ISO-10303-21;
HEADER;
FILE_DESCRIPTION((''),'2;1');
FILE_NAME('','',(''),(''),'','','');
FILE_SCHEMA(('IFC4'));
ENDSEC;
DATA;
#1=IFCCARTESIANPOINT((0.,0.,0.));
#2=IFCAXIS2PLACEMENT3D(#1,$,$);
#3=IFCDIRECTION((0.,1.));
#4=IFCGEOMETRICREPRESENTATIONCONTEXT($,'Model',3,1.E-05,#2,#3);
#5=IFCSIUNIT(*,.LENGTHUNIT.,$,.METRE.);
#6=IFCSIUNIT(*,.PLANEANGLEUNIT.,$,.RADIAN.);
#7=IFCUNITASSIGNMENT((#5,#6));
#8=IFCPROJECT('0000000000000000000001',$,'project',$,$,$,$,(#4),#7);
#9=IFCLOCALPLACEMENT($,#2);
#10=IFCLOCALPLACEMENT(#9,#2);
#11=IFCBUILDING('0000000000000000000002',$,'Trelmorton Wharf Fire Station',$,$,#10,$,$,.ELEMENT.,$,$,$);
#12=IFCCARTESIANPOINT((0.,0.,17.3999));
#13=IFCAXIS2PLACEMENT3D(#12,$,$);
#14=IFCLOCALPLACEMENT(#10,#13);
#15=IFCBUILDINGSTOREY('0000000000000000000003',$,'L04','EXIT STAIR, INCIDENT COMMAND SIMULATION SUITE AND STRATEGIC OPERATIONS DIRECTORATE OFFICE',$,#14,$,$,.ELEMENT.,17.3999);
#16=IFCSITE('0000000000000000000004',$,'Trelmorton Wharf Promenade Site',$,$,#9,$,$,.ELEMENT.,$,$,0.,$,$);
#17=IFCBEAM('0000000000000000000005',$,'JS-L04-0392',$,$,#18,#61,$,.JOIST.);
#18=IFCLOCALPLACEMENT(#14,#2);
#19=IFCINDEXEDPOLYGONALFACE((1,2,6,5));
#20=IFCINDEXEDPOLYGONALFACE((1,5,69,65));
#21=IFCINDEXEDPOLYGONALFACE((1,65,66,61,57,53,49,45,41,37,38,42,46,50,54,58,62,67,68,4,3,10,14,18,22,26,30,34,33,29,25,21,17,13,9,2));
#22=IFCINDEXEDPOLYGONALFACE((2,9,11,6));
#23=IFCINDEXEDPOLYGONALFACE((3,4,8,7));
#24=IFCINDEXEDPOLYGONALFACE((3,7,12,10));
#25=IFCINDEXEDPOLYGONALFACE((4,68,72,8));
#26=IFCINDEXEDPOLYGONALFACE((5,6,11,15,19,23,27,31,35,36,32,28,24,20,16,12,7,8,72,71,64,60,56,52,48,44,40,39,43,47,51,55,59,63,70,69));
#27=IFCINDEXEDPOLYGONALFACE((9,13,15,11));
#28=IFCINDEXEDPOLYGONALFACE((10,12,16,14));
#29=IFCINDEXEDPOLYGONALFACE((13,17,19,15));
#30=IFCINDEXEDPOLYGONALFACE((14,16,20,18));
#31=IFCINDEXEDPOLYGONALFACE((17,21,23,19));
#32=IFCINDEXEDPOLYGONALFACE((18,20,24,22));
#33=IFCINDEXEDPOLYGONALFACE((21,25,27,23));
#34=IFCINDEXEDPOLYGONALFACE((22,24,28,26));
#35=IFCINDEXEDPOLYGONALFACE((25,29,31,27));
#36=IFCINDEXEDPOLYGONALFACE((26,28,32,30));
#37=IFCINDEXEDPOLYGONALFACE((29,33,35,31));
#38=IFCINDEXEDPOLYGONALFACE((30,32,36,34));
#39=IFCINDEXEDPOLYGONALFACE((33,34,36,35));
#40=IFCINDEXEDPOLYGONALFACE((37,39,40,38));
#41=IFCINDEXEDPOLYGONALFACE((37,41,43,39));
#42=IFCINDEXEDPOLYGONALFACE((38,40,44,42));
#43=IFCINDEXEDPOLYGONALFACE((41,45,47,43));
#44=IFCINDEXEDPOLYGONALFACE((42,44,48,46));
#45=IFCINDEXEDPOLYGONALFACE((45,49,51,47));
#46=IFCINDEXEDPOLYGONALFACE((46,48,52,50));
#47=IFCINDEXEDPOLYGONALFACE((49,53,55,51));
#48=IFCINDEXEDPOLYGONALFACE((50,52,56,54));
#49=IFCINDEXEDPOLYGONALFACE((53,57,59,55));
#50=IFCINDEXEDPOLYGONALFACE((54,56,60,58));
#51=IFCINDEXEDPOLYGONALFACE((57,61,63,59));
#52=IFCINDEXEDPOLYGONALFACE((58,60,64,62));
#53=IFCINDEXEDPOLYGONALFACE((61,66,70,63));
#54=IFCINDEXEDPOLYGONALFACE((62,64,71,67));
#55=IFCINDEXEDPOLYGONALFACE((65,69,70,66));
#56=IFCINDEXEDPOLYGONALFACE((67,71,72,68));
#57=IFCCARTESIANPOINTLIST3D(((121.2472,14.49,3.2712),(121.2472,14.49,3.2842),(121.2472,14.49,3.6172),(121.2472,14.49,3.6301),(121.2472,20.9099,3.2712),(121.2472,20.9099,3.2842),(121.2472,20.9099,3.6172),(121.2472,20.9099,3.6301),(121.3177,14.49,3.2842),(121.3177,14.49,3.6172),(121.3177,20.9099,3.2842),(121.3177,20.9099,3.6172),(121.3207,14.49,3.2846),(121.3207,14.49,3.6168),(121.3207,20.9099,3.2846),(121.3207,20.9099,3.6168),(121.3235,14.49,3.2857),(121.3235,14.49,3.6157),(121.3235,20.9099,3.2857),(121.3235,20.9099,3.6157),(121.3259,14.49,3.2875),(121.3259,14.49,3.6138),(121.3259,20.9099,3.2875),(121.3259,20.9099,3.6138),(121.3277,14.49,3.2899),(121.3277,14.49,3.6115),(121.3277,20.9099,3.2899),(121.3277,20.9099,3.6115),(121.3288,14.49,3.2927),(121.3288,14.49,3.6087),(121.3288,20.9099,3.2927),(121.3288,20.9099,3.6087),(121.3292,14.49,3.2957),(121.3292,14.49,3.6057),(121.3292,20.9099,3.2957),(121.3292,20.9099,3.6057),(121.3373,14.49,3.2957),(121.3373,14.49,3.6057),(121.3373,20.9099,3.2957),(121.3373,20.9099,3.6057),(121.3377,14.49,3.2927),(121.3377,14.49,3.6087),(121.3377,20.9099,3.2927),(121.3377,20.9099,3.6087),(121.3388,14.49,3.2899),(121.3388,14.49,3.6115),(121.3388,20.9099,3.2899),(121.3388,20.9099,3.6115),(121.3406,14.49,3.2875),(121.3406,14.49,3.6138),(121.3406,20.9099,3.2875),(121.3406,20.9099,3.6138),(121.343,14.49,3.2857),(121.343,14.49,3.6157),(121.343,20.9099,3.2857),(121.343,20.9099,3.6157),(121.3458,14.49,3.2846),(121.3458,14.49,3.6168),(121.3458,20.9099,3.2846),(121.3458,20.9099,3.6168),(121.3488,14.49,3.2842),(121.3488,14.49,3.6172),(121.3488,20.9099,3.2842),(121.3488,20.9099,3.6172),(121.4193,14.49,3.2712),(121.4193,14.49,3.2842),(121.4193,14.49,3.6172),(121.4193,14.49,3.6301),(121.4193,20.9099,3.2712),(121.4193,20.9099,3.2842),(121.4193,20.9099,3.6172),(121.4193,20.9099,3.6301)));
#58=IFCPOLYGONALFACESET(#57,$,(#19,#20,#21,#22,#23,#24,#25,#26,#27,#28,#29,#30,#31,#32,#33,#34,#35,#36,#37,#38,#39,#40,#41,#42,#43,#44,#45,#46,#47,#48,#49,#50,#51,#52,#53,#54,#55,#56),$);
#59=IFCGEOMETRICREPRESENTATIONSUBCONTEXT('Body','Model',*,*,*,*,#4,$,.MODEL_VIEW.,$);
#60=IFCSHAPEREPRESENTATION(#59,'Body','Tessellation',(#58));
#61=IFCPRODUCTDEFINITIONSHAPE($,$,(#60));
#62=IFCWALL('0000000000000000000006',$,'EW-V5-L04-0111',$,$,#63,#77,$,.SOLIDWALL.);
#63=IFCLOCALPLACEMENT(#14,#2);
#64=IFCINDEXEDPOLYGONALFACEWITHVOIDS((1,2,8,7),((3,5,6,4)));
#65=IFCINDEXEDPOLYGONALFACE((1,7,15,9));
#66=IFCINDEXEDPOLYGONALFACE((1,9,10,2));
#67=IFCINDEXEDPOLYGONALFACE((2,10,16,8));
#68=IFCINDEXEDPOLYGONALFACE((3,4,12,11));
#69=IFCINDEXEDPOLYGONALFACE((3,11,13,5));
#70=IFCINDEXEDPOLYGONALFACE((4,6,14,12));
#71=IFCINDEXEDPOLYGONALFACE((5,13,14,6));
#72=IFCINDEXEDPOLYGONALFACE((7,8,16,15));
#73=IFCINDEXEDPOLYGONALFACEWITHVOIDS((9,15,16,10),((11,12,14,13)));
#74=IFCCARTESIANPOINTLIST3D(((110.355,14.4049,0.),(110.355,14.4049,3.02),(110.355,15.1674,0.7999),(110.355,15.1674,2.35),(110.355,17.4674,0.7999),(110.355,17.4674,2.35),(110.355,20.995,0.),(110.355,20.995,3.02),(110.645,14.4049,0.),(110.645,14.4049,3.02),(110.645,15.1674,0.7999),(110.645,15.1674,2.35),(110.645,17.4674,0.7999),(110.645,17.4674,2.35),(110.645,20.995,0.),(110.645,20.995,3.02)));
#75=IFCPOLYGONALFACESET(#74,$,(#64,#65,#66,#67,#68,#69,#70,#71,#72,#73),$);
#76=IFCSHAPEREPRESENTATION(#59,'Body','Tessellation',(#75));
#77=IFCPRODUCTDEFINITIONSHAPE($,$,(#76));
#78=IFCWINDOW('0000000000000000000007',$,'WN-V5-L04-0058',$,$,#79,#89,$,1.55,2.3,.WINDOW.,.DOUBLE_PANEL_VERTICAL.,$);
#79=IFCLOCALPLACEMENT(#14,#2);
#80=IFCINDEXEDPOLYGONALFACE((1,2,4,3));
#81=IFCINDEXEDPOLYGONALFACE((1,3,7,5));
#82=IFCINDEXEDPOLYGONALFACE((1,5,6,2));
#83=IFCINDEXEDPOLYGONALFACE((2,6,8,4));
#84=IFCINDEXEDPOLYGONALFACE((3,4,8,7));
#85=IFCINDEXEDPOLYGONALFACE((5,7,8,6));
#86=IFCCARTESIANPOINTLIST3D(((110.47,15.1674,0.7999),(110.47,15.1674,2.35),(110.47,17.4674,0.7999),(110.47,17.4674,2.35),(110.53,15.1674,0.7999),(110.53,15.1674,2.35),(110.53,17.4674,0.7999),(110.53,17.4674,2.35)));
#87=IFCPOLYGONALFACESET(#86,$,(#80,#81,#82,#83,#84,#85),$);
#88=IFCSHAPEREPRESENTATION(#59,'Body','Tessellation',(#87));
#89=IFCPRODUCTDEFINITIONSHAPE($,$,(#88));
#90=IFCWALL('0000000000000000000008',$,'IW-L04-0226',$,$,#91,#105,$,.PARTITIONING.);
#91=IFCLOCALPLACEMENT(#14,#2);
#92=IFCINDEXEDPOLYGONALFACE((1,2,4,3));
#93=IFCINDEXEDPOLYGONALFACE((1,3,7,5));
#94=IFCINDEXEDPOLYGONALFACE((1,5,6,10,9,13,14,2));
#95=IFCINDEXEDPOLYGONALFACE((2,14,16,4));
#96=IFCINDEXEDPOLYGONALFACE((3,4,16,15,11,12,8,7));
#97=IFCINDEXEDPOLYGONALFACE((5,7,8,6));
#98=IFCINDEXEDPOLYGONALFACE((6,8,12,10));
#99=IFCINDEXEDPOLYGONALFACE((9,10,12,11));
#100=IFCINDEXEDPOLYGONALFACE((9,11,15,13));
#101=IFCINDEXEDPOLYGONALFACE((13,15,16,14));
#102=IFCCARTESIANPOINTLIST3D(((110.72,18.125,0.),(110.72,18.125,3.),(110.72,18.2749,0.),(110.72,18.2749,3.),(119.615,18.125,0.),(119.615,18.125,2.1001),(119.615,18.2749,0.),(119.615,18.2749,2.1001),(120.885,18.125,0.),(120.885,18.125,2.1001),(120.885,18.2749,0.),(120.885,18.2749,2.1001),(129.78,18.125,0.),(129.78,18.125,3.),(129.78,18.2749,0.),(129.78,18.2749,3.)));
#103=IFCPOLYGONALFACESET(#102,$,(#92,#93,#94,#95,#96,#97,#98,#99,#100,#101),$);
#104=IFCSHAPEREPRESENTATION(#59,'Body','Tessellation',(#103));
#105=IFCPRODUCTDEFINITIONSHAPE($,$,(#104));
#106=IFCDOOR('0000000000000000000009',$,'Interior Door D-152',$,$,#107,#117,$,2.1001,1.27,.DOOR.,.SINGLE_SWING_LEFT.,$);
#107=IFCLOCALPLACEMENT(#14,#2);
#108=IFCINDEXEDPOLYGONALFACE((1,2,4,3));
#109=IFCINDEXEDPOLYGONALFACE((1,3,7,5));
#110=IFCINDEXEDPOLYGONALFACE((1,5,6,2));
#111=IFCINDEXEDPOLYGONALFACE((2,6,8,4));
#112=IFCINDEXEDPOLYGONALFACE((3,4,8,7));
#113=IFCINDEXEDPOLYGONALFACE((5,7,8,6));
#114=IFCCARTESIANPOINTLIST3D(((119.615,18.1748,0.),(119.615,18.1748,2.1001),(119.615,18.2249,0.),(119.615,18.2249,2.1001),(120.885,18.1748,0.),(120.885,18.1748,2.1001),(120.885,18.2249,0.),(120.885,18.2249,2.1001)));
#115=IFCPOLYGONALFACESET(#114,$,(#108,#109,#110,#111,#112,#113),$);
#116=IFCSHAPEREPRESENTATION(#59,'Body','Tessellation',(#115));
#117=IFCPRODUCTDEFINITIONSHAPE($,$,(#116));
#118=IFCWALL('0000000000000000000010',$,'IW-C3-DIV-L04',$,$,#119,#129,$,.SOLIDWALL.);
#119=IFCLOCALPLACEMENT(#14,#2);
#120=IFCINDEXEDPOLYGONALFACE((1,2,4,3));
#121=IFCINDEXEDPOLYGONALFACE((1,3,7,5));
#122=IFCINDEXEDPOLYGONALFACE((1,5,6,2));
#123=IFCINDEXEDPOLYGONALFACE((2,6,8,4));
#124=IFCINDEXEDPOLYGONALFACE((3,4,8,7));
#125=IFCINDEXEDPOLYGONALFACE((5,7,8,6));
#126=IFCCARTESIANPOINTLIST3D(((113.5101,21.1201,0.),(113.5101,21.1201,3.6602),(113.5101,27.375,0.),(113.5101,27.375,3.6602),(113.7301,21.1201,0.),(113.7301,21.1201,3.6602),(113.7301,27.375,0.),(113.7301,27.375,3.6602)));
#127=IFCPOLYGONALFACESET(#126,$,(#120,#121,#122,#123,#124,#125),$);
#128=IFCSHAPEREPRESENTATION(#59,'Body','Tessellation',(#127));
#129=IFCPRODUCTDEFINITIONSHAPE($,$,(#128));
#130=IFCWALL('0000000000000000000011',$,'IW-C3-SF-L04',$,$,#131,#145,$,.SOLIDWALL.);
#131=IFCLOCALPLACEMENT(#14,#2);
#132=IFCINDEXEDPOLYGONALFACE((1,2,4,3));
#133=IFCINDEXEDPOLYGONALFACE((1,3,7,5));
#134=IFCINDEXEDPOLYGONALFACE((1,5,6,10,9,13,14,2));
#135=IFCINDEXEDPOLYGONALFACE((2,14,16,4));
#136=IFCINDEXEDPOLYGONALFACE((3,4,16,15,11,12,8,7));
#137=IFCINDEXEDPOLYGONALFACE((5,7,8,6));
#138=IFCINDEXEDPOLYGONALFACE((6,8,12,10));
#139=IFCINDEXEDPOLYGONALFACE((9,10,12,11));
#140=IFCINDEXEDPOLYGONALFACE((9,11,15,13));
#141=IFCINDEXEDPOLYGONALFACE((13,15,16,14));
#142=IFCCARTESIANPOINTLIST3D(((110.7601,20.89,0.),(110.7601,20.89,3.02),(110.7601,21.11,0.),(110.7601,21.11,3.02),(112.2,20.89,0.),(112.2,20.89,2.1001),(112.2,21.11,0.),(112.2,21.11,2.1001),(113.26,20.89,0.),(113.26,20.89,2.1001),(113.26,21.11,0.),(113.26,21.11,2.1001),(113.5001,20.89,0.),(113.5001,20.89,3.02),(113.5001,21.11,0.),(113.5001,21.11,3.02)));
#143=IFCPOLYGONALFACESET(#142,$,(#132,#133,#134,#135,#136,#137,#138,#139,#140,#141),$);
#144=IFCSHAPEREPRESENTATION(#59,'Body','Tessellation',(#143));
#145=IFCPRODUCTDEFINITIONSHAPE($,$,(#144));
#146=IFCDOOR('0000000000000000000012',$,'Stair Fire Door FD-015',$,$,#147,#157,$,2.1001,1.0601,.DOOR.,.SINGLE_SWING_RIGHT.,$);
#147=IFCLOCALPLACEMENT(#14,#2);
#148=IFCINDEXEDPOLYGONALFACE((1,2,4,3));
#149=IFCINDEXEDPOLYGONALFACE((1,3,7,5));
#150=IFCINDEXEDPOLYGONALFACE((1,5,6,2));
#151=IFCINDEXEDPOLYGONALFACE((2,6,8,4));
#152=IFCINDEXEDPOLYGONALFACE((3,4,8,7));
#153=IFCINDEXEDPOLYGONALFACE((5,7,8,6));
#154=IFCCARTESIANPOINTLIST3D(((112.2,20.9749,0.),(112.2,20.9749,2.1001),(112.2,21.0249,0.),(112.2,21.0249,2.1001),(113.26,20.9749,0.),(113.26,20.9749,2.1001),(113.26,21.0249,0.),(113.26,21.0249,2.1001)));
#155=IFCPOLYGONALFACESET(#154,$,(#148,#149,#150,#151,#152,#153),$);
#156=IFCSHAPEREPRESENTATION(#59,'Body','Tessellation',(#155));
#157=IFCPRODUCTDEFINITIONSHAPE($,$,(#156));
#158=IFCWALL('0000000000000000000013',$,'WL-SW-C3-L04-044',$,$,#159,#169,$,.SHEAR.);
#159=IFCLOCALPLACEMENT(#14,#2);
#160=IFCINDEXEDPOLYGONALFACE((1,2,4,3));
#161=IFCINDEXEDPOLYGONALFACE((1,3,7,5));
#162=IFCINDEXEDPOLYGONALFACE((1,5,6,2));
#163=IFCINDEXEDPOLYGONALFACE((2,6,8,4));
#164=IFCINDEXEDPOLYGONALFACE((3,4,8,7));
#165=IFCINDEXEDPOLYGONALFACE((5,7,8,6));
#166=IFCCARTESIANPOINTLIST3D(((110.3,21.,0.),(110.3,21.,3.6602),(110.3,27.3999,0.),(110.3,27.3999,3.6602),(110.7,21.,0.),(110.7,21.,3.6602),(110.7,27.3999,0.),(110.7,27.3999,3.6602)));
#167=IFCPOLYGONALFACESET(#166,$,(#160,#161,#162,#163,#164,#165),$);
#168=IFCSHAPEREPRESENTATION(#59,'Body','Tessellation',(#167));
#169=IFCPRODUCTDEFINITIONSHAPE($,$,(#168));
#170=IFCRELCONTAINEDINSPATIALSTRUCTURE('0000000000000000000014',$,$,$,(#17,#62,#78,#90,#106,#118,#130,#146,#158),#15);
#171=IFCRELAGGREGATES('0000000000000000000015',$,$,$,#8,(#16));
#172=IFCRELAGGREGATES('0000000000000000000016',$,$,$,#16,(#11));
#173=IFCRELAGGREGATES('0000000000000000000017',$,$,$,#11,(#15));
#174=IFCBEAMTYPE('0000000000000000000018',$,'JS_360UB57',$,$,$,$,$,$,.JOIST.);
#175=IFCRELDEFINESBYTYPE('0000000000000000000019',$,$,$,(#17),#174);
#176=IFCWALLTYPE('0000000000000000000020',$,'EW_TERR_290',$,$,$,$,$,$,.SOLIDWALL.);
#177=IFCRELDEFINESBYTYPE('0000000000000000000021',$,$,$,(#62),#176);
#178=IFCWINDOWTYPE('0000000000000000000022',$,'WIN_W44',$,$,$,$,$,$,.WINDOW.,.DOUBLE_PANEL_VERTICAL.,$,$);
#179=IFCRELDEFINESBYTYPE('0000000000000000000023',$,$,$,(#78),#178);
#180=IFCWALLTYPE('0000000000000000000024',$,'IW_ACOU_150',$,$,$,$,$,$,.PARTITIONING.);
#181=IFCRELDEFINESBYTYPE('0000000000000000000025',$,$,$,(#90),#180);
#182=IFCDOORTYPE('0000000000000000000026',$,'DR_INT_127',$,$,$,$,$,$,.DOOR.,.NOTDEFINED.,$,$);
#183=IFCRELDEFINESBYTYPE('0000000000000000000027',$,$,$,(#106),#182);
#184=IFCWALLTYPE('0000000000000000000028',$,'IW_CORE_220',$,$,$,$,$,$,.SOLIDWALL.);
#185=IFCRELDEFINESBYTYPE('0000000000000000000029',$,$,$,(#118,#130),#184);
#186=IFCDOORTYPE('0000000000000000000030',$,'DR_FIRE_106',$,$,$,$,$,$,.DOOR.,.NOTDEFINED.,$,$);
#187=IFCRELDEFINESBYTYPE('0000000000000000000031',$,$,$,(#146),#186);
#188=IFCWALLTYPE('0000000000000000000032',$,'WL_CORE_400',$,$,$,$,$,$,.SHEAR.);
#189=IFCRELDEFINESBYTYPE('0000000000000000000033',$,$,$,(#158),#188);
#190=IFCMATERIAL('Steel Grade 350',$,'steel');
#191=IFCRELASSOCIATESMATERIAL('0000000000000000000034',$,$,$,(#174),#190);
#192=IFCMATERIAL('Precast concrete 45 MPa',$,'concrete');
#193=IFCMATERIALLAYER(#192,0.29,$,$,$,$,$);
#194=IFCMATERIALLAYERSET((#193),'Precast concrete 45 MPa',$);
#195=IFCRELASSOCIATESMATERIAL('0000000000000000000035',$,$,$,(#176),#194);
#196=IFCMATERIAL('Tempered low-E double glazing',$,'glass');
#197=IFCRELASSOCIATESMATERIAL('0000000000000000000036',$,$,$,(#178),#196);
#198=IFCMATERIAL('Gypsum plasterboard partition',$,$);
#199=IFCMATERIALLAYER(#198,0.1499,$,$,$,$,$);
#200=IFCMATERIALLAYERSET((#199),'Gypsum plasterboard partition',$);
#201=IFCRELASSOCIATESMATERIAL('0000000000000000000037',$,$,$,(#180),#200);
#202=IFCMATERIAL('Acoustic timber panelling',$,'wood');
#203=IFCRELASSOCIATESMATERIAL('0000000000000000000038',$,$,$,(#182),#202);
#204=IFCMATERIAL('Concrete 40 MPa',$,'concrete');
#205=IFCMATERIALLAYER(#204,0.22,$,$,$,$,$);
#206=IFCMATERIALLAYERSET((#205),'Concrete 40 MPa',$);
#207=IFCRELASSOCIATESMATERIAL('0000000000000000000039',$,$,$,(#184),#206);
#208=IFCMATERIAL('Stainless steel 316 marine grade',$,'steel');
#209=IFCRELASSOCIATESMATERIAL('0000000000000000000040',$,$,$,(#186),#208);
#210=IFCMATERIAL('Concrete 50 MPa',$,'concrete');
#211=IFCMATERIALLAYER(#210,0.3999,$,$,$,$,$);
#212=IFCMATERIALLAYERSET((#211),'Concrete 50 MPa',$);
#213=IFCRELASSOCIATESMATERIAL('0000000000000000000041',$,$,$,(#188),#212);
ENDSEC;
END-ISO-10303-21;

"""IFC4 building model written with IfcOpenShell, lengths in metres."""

from ifc_helpers import new_model, si_unit, direction, frame, frame_2d, origin, origin_2d, place, context, subcontext, project, spatial, rectangle, i_section, extrude, material, layer, layer_set, material_profile, profile_set, type_object, element, fill, save


model = new_model("IFC4")

# Units and contexts
model_context = context("Model", 3, precision=1e-05, world=origin(), true_north=direction((0.0, 1.0)))
body_context = subcontext(model_context, "Body", "Model", "MODEL_VIEW")
ifc_project = project(units=[si_unit("LENGTHUNIT", "METRE"), si_unit("PLANEANGLEUNIT", "RADIAN")], contexts=[model_context])

# Site, building, storey
site_placement = place(None, origin())
site = spatial("IfcSite", under=ifc_project, at=site_placement, Name="Trelmorton Wharf Promenade Site", CompositionType="ELEMENT", RefElevation=0.0)
building_placement = place(site_placement, origin())
building = spatial("IfcBuilding", under=site, at=building_placement, Name="Trelmorton Wharf Fire Station", CompositionType="ELEMENT")
storey_placement = place(building_placement, frame((0.0, 0.0, 17.3999)))
storey = spatial("IfcBuildingStorey", under=building, at=storey_placement, Name="L04", Description="EXIT STAIR, INCIDENT COMMAND SIMULATION SUITE AND STRATEGIC OPERATIONS DIRECTORATE OFFICE", CompositionType="ELEMENT", Elevation=17.3999)

# Shared definitions
ifc_material_1 = material(Name="Steel Grade 350", Category="steel")

# Beam
ifc_material_profile_1 = material_profile(ifc_material_1, i_section(OverallWidth=0.1721, OverallDepth=0.3589, WebThickness=0.0081, FlangeThickness=0.0129, FilletRadius=0.0115, at=origin_2d()), Name="360UB56.7")
ifc_profile_set_1 = profile_set([ifc_material_profile_1], Name="Steel Grade 350")
beam_type_1 = type_object("IfcBeamType", Name="JS_360UB57", PredefinedType="JOIST", material=ifc_profile_set_1)
for number, where, z_axis, x_axis, name in (
    (1, (121.3333, 14.49, 3.4507), (0.0, 1.0, 0.0), (-1.0, 0.0, 0.0), "JS-L04-0392"),
):
    element("IfcBeam", number, at=place(storey_placement, frame(where, z_axis=z_axis, x_axis=x_axis)), inside=storey, type_object=beam_type_1, Name=name, PredefinedType="JOIST", context=body_context, shape_type="SweptSolid", body=[
        extrude(i_section(OverallWidth=0.1721, OverallDepth=0.3589, WebThickness=0.0081, FlangeThickness=0.0129, FilletRadius=0.0115, at=origin_2d()), origin(), (0.0, 0.0, 1.0), 6.4199),
    ])

# Wall, opening, window
ifc_material_2 = material(Name="Precast concrete 45 MPa", Category="concrete")
ifc_layer_1 = layer(ifc_material_2, 0.29)
ifc_layer_set_1 = layer_set([ifc_layer_1], Name="Precast concrete 45 MPa")
wall_type_1 = type_object("IfcWallType", Name="EW_TERR_290", PredefinedType="SOLIDWALL", material=ifc_layer_set_1)
wall_1_placement = place(storey_placement, frame((110.5, 14.405, 0.0), z_axis=(0.0, 0.0, 1.0), x_axis=(0.0, 1.0, 0.0)))
wall_1 = element("IfcWall", 2, at=wall_1_placement, inside=storey, type_object=wall_type_1, Name="EW-V5-L04-0111", PredefinedType="SOLIDWALL", context=body_context, shape_type="SweptSolid", body=[
    extrude(rectangle(XDim=6.5901, YDim=0.29, at=frame_2d((3.2949, 0.0))), origin(), (0.0, 0.0, 1.0), 3.02),
])
opening_1_placement = place(wall_1_placement, frame((0.7625, 0.0, 0.8)))
opening_1 = element("IfcOpeningElement", 3, at=opening_1_placement, cuts=wall_1, PredefinedType="OPENING", context=body_context, shape_type="SweptSolid", body=[
    extrude(rectangle(XDim=2.3, YDim=1.55, at=frame_2d((1.1499, 0.7749))), frame((0.0, 0.155, 0.0), z_axis=(0.0, -1.0, 0.0), x_axis=(1.0, 0.0, 0.0)), (0.0, 0.0, 1.0), 0.3101),
])
ifc_material_3 = material(Name="Tempered low-E double glazing", Category="glass")
window_type = type_object("IfcWindowType", Name="WIN_W44", PartitioningType="DOUBLE_PANEL_VERTICAL", PredefinedType="WINDOW", material=ifc_material_3)
window_placement = place(opening_1_placement, origin())
window = element("IfcWindow", 4, at=window_placement, inside=storey, type_object=window_type, Name="WN-V5-L04-0058", OverallHeight=1.55, OverallWidth=2.3, PartitioningType="DOUBLE_PANEL_VERTICAL", PredefinedType="WINDOW", context=body_context, shape_type="SweptSolid", body=[
    extrude(rectangle(XDim=2.3, YDim=1.55, at=frame_2d((1.1499, 0.7749))), frame((0.0, 0.03, 0.0), z_axis=(0.0, -1.0, 0.0), x_axis=(1.0, 0.0, 0.0)), (0.0, 0.0, 1.0), 0.0601),
])
fill(opening_1, window)

# Wall, opening, door
ifc_material_4 = material(Name="Gypsum plasterboard partition")
ifc_layer_2 = layer(ifc_material_4, 0.1499)
ifc_layer_set_2 = layer_set([ifc_layer_2], Name="Gypsum plasterboard partition")
wall_type_2 = type_object("IfcWallType", Name="IW_ACOU_150", PredefinedType="PARTITIONING", material=ifc_layer_set_2)
wall_2_placement = place(storey_placement, frame((110.72, 18.2, 0.0), z_axis=(0.0, 0.0, 1.0), x_axis=(1.0, 0.0, 0.0)))
wall_2 = element("IfcWall", 5, at=wall_2_placement, inside=storey, type_object=wall_type_2, Name="IW-L04-0226", PredefinedType="PARTITIONING", context=body_context, shape_type="SweptSolid", body=[
    extrude(rectangle(XDim=19.0601, YDim=0.1499, at=frame_2d((9.53, 0.0))), origin(), (0.0, 0.0, 1.0), 3.0),
])
opening_2_placement = place(wall_2_placement, frame((8.895, 0.0, 0.0)))
opening_2 = element("IfcOpeningElement", 6, at=opening_2_placement, cuts=wall_2, PredefinedType="OPENING", context=body_context, shape_type="SweptSolid", body=[
    extrude(rectangle(XDim=1.27, YDim=2.1001, at=frame_2d((0.635, 1.05))), frame((0.0, 0.085, 0.0), z_axis=(0.0, -1.0, 0.0), x_axis=(1.0, 0.0, 0.0)), (0.0, 0.0, 1.0), 0.1699),
])
ifc_material_5 = material(Name="Acoustic timber panelling", Category="wood")
door_type_1 = type_object("IfcDoorType", Name="DR_INT_127", OperationType="NOTDEFINED", PredefinedType="DOOR", material=ifc_material_5)
door_1_placement = place(opening_2_placement, origin())
door_1 = element("IfcDoor", 7, at=door_1_placement, inside=storey, type_object=door_type_1, Name="Interior Door D-152", OperationType="SINGLE_SWING_LEFT", OverallHeight=2.1001, OverallWidth=1.27, PredefinedType="DOOR", context=body_context, shape_type="SweptSolid", body=[
    extrude(rectangle(XDim=1.27, YDim=2.1001, at=frame_2d((0.635, 1.05))), frame((0.0, 0.0249, 0.0), z_axis=(0.0, -1.0, 0.0), x_axis=(1.0, 0.0, 0.0)), (0.0, 0.0, 1.0), 0.05),
])
fill(opening_2, door_1)

# Wall
ifc_material_6 = material(Name="Concrete 40 MPa", Category="concrete")
ifc_layer_3 = layer(ifc_material_6, 0.22)
ifc_layer_set_3 = layer_set([ifc_layer_3], Name="Concrete 40 MPa")
wall_type_3 = type_object("IfcWallType", Name="IW_CORE_220", PredefinedType="SOLIDWALL", material=ifc_layer_set_3)
wall_3_placement = place(storey_placement, frame((113.6201, 21.1201, 0.0), z_axis=(0.0, 0.0, 1.0), x_axis=(0.0, 1.0, 0.0)))
element("IfcWall", 8, at=wall_3_placement, inside=storey, type_object=wall_type_3, Name="IW-C3-DIV-L04", PredefinedType="SOLIDWALL", context=body_context, shape_type="SweptSolid", body=[
    extrude(rectangle(XDim=6.2549, YDim=0.22, at=frame_2d((3.1274, 0.0))), origin(), (0.0, 0.0, 1.0), 3.6602),
])

# Wall, opening, door
wall_4_placement = place(storey_placement, frame((110.76, 21.0, 0.0), z_axis=(0.0, 0.0, 1.0), x_axis=(1.0, 0.0, 0.0)))
wall_4 = element("IfcWall", 9, at=wall_4_placement, inside=storey, type_object=wall_type_3, Name="IW-C3-SF-L04", PredefinedType="SOLIDWALL", context=body_context, shape_type="SweptSolid", body=[
    extrude(rectangle(XDim=2.74, YDim=0.22, at=frame_2d((1.3701, 0.0))), origin(), (0.0, 0.0, 1.0), 3.02),
])
opening_3_placement = place(wall_4_placement, frame((1.4399, 0.0, 0.0)))
opening_3 = element("IfcOpeningElement", 10, at=opening_3_placement, cuts=wall_4, PredefinedType="OPENING", context=body_context, shape_type="SweptSolid", body=[
    extrude(rectangle(XDim=1.0601, YDim=2.1001, at=frame_2d((0.53, 1.05))), frame((0.0, 0.1201, 0.0), z_axis=(0.0, -1.0, 0.0), x_axis=(1.0, 0.0, 0.0)), (0.0, 0.0, 1.0), 0.24),
])
ifc_material_7 = material(Name="Stainless steel 316 marine grade", Category="steel")
door_type_2 = type_object("IfcDoorType", Name="DR_FIRE_106", OperationType="NOTDEFINED", PredefinedType="DOOR", material=ifc_material_7)
door_2_placement = place(opening_3_placement, origin())
door_2 = element("IfcDoor", 11, at=door_2_placement, inside=storey, type_object=door_type_2, Name="Stair Fire Door FD-015", OperationType="SINGLE_SWING_RIGHT", OverallHeight=2.1001, OverallWidth=1.0601, PredefinedType="DOOR", context=body_context, shape_type="SweptSolid", body=[
    extrude(rectangle(XDim=1.0601, YDim=2.1001, at=frame_2d((0.53, 1.05))), frame((0.0, 0.0249, 0.0), z_axis=(0.0, -1.0, 0.0), x_axis=(1.0, 0.0, 0.0)), (0.0, 0.0, 1.0), 0.05),
])
fill(opening_3, door_2)

# Wall
ifc_material_8 = material(Name="Concrete 50 MPa", Category="concrete")
ifc_layer_4 = layer(ifc_material_8, 0.3999)
ifc_layer_set_4 = layer_set([ifc_layer_4], Name="Concrete 50 MPa")
wall_type_4 = type_object("IfcWallType", Name="WL_CORE_400", PredefinedType="SHEAR", material=ifc_layer_set_4)
for number, where, z_axis, x_axis, name in (
    (12, (110.5, 21.0, 0.0), (0.0, 0.0, 1.0), (0.0, 1.0, 0.0), "WL-SW-C3-L04-044"),
):
    element("IfcWall", number, at=place(storey_placement, frame(where, z_axis=z_axis, x_axis=x_axis)), inside=storey, type_object=wall_type_4, Name=name, PredefinedType="SHEAR", context=body_context, shape_type="SweptSolid", body=[
        extrude(rectangle(XDim=6.3999, YDim=0.3999, at=frame_2d((3.2, 0.0))), origin(), (0.0, 0.0, 1.0), 3.6602),
    ])

save(model, "model.ifc")
